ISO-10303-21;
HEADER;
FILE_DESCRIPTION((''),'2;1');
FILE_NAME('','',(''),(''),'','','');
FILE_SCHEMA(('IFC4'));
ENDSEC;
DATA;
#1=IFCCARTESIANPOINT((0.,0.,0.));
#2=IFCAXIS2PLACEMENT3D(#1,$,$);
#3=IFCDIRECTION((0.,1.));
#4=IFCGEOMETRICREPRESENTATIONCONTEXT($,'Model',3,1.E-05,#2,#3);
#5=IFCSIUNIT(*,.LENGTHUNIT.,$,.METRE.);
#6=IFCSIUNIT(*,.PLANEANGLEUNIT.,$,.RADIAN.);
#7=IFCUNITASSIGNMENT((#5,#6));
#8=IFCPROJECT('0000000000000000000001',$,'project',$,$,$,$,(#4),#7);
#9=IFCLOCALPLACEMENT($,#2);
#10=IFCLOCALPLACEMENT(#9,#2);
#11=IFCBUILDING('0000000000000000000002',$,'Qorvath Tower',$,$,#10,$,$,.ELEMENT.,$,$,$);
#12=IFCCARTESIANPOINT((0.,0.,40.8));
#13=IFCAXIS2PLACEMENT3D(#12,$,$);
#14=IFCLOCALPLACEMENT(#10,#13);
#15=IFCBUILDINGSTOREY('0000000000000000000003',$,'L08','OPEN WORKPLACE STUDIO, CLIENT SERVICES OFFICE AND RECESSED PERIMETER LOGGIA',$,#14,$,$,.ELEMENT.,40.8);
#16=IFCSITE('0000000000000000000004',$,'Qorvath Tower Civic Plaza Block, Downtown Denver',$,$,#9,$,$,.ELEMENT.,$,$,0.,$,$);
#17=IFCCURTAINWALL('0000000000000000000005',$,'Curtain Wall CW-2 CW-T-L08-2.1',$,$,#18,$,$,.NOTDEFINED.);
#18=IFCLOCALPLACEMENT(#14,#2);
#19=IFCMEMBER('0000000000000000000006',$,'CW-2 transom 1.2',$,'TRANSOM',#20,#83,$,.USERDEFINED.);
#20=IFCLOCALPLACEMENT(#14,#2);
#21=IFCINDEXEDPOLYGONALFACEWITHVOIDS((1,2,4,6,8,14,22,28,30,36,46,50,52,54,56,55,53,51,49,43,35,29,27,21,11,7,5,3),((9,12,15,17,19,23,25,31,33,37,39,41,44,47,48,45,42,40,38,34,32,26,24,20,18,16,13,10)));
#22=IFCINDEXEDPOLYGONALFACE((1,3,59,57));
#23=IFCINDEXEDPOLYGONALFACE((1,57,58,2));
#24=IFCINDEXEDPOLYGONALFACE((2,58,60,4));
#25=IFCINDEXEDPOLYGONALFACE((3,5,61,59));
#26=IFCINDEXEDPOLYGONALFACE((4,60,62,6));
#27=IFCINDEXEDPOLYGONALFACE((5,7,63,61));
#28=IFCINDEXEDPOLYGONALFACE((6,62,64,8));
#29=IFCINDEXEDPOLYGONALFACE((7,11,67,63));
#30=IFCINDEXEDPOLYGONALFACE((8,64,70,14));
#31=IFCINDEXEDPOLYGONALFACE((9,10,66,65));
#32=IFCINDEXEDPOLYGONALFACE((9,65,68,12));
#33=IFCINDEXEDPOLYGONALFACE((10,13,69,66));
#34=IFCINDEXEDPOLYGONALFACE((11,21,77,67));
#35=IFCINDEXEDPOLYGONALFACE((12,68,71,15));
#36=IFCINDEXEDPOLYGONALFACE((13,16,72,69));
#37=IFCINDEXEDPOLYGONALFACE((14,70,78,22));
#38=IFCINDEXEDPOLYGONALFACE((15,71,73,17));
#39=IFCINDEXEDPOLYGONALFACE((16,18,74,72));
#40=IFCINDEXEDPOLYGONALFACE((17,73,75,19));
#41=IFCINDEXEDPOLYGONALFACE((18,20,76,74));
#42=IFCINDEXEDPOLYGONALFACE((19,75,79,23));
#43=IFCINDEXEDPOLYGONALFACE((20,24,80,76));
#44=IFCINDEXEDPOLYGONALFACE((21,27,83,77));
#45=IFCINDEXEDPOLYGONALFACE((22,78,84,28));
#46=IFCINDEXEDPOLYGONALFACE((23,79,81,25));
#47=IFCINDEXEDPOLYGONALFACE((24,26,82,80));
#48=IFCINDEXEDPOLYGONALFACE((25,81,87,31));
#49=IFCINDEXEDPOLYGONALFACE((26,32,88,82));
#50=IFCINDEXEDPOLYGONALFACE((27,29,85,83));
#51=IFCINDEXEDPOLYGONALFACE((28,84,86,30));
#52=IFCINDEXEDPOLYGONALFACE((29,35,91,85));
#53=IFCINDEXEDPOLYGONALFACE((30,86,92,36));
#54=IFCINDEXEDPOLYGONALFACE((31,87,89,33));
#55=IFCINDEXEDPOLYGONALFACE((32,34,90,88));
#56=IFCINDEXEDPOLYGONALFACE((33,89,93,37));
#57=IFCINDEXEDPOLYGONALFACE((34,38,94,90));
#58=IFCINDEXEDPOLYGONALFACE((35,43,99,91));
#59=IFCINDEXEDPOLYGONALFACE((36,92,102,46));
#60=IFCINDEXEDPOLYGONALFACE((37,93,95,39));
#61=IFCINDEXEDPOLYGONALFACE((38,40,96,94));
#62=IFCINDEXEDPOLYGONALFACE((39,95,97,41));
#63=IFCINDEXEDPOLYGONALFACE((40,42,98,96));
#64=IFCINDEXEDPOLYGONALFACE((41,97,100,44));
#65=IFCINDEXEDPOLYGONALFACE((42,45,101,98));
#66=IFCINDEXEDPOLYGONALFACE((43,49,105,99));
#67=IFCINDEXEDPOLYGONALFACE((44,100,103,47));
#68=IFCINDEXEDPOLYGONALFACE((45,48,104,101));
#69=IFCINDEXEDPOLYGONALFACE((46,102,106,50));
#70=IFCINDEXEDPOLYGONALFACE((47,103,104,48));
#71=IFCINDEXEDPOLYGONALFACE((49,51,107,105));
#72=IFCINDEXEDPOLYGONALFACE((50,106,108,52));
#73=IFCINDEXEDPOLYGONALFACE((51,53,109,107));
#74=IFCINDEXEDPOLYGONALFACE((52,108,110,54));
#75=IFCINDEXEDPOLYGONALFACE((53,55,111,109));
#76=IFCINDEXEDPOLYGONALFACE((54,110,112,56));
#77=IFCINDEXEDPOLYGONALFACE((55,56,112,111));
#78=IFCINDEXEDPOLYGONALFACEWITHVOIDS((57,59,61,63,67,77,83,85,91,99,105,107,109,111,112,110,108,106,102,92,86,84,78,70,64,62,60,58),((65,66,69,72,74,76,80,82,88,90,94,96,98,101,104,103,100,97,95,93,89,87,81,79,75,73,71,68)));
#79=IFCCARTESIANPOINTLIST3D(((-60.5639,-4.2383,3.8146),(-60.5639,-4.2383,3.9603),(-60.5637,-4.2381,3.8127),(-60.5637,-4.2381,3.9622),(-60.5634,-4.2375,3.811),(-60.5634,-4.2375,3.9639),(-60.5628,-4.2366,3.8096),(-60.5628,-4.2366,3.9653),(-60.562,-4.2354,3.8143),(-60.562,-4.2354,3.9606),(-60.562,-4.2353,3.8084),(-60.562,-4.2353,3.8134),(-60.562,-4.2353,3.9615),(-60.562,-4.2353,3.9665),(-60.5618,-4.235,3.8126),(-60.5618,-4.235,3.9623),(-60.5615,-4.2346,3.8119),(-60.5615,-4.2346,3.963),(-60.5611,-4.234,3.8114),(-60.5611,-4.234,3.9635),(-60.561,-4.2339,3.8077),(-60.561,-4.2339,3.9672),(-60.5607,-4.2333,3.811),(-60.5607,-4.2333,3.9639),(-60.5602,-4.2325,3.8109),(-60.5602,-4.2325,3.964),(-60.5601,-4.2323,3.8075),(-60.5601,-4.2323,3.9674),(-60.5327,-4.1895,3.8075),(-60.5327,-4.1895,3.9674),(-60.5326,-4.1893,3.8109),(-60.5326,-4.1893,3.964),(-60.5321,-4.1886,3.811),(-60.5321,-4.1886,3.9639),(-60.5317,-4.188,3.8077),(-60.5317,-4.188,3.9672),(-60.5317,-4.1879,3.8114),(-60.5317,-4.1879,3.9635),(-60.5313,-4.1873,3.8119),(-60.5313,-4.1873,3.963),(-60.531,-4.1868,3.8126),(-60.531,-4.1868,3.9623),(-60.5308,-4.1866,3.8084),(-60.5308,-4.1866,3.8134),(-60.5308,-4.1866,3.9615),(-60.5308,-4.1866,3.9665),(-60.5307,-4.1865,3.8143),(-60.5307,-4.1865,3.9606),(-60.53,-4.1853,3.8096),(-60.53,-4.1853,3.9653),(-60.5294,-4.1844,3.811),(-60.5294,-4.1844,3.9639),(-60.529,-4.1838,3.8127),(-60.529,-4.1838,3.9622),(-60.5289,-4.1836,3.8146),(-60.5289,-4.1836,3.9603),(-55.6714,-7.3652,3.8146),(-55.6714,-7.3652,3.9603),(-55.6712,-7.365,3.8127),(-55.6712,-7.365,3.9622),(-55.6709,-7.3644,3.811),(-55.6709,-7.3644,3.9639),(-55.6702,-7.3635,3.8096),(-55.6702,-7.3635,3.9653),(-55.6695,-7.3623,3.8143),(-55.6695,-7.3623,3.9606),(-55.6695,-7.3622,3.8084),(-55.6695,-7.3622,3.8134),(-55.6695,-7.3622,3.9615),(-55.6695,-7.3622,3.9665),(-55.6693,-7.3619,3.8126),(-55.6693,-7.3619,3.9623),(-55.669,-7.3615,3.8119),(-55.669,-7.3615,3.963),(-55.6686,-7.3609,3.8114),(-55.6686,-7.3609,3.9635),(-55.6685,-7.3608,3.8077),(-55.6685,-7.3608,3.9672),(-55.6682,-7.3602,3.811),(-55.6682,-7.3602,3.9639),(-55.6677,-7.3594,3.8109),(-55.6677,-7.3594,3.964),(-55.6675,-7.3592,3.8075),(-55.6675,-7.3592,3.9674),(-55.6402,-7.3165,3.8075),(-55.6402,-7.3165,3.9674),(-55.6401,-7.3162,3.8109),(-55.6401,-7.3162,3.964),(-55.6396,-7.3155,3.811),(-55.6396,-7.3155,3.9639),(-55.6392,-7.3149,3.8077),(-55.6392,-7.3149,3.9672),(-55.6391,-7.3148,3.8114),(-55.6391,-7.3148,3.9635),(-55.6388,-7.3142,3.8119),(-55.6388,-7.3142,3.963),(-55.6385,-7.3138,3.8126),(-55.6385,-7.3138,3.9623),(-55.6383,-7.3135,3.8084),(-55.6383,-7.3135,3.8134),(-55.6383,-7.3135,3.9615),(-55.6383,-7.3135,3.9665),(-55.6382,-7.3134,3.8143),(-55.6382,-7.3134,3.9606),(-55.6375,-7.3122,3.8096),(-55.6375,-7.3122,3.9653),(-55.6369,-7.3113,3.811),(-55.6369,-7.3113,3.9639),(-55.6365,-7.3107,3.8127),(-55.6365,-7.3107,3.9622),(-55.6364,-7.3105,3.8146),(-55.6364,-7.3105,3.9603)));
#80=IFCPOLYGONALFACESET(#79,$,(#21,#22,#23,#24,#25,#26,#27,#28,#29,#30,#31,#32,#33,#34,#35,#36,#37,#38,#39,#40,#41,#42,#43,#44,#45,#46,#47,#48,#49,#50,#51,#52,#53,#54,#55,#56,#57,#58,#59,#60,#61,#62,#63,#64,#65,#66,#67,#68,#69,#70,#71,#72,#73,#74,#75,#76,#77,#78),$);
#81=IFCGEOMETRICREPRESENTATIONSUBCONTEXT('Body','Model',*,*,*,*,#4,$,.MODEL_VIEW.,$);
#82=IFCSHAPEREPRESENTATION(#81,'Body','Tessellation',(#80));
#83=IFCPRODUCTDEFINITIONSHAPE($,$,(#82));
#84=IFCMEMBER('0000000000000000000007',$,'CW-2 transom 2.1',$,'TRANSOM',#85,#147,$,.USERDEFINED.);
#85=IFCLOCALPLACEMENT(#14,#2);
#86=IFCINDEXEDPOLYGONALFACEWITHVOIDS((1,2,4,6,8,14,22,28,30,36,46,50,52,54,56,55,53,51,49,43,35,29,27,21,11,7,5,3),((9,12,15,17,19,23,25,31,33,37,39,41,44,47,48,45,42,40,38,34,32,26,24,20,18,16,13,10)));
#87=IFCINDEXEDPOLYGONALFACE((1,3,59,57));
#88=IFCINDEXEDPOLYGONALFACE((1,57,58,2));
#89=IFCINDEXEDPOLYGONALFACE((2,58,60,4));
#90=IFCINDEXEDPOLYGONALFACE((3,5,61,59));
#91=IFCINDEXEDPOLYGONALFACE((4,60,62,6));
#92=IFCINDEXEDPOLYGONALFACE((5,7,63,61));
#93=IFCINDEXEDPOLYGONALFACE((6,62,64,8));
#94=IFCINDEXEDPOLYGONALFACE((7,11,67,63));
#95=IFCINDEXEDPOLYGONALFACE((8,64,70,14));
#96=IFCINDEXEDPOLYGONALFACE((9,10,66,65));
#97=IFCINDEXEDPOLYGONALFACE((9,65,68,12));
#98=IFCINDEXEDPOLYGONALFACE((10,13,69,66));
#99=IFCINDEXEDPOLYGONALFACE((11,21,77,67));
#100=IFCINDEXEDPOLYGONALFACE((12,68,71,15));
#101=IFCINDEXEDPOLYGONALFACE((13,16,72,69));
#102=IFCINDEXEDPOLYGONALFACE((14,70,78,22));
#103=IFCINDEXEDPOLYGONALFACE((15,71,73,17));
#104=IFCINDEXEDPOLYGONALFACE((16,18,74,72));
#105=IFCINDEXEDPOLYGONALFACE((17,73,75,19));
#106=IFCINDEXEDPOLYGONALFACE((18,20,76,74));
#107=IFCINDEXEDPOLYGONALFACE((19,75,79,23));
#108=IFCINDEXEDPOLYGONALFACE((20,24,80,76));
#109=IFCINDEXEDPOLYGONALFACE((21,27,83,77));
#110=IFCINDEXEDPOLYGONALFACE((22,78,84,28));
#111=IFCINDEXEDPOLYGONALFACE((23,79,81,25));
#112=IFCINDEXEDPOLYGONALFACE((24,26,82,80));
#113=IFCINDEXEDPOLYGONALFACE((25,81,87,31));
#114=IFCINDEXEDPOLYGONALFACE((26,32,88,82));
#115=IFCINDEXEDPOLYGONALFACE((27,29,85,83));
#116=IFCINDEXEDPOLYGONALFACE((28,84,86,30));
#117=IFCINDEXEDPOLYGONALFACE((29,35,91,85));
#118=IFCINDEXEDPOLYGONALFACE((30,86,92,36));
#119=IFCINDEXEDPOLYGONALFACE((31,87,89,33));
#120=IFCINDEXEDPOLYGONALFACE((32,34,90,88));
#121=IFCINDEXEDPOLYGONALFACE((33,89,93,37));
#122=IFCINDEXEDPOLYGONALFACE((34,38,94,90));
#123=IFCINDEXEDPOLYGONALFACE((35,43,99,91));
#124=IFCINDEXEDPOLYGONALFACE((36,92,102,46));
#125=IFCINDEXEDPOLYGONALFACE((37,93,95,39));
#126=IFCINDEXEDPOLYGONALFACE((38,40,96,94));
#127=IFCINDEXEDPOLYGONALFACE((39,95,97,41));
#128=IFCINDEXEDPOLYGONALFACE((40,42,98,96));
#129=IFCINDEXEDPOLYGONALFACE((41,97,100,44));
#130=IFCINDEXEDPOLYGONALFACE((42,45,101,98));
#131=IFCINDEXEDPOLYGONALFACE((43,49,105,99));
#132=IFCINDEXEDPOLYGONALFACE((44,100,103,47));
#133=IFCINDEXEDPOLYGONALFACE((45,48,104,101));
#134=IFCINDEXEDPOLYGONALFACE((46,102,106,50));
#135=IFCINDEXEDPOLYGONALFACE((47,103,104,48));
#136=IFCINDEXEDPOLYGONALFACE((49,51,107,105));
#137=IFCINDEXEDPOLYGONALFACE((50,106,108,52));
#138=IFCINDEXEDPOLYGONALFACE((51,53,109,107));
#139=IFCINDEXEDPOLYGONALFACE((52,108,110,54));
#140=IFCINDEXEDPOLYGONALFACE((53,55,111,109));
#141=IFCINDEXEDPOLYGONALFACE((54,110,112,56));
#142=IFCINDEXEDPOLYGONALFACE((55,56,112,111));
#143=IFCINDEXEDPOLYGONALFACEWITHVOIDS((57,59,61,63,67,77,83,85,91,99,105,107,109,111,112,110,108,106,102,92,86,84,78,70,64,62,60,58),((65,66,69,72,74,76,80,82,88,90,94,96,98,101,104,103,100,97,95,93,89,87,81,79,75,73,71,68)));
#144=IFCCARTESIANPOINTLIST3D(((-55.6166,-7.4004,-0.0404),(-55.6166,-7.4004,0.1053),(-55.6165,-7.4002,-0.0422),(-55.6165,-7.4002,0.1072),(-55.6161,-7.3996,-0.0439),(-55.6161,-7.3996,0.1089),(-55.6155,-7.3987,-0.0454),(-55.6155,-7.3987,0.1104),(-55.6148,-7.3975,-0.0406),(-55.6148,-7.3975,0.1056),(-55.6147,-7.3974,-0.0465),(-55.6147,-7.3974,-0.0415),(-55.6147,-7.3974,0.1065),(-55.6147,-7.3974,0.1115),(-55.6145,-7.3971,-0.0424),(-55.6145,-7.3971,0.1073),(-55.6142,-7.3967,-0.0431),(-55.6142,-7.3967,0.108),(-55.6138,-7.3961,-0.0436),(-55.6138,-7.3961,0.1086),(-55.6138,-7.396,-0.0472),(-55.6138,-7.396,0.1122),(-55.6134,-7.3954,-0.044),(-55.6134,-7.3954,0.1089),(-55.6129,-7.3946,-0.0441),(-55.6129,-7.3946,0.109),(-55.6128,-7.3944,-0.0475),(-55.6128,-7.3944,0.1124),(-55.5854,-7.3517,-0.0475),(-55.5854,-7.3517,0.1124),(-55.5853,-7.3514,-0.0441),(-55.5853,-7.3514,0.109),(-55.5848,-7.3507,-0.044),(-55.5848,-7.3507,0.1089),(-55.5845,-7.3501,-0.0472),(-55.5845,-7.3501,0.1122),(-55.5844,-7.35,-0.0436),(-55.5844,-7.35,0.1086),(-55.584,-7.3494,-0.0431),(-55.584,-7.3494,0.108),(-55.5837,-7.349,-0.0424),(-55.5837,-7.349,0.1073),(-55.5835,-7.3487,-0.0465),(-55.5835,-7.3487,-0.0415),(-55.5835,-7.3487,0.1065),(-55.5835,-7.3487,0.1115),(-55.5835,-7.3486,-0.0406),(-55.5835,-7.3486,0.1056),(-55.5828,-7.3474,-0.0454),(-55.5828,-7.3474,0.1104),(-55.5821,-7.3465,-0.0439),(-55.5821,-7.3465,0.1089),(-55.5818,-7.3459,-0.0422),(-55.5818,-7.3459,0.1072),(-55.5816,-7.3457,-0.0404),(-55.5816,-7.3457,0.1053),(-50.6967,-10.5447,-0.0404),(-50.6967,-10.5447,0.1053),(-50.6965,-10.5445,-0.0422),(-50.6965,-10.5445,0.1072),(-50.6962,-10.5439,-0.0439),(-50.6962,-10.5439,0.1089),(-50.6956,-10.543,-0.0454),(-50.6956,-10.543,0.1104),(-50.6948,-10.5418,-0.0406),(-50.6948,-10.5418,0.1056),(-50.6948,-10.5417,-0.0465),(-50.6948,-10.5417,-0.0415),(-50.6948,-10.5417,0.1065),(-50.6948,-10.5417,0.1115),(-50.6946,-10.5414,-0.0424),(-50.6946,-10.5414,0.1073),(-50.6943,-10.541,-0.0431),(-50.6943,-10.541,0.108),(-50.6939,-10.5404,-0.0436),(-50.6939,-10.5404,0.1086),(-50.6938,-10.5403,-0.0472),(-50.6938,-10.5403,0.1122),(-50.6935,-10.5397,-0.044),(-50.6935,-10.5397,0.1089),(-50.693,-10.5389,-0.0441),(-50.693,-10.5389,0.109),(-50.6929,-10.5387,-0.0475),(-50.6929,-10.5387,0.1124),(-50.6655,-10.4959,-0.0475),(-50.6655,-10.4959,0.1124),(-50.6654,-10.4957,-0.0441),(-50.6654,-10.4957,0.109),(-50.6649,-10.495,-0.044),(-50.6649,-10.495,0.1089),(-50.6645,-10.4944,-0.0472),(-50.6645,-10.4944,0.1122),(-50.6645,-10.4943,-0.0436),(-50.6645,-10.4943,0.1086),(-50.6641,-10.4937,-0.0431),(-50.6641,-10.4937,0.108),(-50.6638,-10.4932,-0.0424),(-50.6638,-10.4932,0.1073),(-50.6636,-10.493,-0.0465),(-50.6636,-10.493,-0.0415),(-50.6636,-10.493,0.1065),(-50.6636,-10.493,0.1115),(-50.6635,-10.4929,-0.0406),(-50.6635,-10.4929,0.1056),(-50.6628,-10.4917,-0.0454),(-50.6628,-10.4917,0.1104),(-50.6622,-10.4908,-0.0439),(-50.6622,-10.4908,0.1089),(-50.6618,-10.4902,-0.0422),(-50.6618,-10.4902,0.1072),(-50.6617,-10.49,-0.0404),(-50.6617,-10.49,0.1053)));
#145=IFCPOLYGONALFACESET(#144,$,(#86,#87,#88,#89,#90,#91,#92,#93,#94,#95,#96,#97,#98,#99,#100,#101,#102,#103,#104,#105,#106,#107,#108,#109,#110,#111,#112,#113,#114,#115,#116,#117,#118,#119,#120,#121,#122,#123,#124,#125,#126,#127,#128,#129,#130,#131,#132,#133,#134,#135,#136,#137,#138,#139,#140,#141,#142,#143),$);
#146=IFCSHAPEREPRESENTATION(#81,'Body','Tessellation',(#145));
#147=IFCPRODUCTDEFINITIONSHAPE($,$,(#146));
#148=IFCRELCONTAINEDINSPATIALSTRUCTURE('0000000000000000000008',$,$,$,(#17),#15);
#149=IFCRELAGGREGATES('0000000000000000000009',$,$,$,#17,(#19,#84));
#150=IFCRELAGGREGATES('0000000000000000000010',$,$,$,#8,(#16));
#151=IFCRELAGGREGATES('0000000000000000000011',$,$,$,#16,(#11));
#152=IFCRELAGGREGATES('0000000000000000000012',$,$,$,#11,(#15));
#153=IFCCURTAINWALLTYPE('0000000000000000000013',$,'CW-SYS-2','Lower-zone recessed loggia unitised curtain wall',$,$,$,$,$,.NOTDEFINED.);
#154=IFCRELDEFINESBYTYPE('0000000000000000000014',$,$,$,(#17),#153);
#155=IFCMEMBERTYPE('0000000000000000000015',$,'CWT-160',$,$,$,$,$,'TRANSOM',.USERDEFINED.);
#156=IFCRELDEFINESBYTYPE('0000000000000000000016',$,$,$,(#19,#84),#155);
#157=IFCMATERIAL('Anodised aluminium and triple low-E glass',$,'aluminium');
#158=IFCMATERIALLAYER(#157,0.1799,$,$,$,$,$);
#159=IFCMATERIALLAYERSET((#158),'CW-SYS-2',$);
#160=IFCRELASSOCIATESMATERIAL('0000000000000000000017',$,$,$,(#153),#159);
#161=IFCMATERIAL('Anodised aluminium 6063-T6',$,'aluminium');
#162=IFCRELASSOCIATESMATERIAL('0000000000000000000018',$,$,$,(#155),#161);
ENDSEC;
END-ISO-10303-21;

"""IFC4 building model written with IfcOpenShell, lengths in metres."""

from ifc_helpers import new_model, si_unit, direction, frame, origin, origin_2d, place, context, subcontext, project, spatial, hollow_rectangle, extrude, material, layer, layer_set, material_profile, profile_set, type_object, element, aggregate, save


model = new_model("IFC4")

# Units and contexts
model_context = context("Model", 3, precision=1e-05, world=origin(), true_north=direction((0.0, 1.0)))
body_context = subcontext(model_context, "Body", "Model", "MODEL_VIEW")
ifc_project = project(units=[si_unit("LENGTHUNIT", "METRE"), si_unit("PLANEANGLEUNIT", "RADIAN")], contexts=[model_context])

# Site, building, storey
site_placement = place(None, origin())
site = spatial("IfcSite", under=ifc_project, at=site_placement, Name="Qorvath Tower Civic Plaza Block, Downtown Denver", CompositionType="ELEMENT", RefElevation=0.0)
building_placement = place(site_placement, origin())
building = spatial("IfcBuilding", under=site, at=building_placement, Name="Qorvath Tower", CompositionType="ELEMENT")
storey_placement = place(building_placement, frame((0.0, 0.0, 40.8)))
storey = spatial("IfcBuildingStorey", under=building, at=storey_placement, Name="L08", Description="OPEN WORKPLACE STUDIO, CLIENT SERVICES OFFICE AND RECESSED PERIMETER LOGGIA", CompositionType="ELEMENT", Elevation=40.8)

# Curtain wall, members
ifc_material_1 = material(Name="Anodised aluminium and triple low-E glass", Category="aluminium")
ifc_layer_1 = layer(ifc_material_1, 0.1799)
ifc_layer_set_1 = layer_set([ifc_layer_1], Name="CW-SYS-2")
curtain_wall_type = type_object("IfcCurtainWallType", Name="CW-SYS-2", Description="Lower-zone recessed loggia unitised curtain wall", PredefinedType="NOTDEFINED", material=ifc_layer_set_1)
curtain_wall_placement = place(storey_placement, origin())
curtain_wall = element("IfcCurtainWall", 1, at=curtain_wall_placement, inside=storey, type_object=curtain_wall_type, Name="Curtain Wall CW-2 CW-T-L08-2.1", PredefinedType="NOTDEFINED")
ifc_material_2 = material(Name="Anodised aluminium 6063-T6", Category="aluminium")
ifc_material_profile_1 = material_profile(ifc_material_2, hollow_rectangle(XDim=0.0649, YDim=0.1599, WallThickness=0.0034, InnerFilletRadius=0.0034, OuterFilletRadius=0.0071, at=origin_2d()), Name="CWT 160x65")
ifc_profile_set_1 = profile_set([ifc_material_profile_1], Name="Anodised aluminium 6063-T6")
member_type_1 = type_object("IfcMemberType", Name="CWT-160", ElementType="TRANSOM", PredefinedType="USERDEFINED", material=ifc_profile_set_1)
member_1_placement = place(storey_placement, frame((-60.5464, -4.2109, 3.8875), z_axis=(0.842607, -0.538529, 0.0), x_axis=(0.538529, 0.842607, 0.0)))
member_1 = element("IfcMember", 2, at=member_1_placement, type_object=member_type_1, Name="CW-2 transom 1.2", ObjectType="TRANSOM", PredefinedType="USERDEFINED", context=body_context, shape_type="SweptSolid", body=[
    extrude(hollow_rectangle(XDim=0.0649, YDim=0.1599, WallThickness=0.0034, InnerFilletRadius=0.0034, OuterFilletRadius=0.0071, at=origin_2d()), origin(), (0.0, 0.0, 1.0), 5.8064),
])
member_2_placement = place(storey_placement, frame((-55.5991, -7.373, 0.0325), z_axis=(0.842618, -0.538511, 0.0), x_axis=(0.538511, 0.842618, 0.0)))
member_2 = element("IfcMember", 3, at=member_2_placement, type_object=member_type_1, Name="CW-2 transom 2.1", ObjectType="TRANSOM", PredefinedType="USERDEFINED", context=body_context, shape_type="SweptSolid", body=[
    extrude(hollow_rectangle(XDim=0.0649, YDim=0.1599, WallThickness=0.0034, InnerFilletRadius=0.0034, OuterFilletRadius=0.0071, at=origin_2d()), origin(), (0.0, 0.0, 1.0), 5.8389),
])
aggregate(curtain_wall, [member_1, member_2])

save(model, "model.ifc")
